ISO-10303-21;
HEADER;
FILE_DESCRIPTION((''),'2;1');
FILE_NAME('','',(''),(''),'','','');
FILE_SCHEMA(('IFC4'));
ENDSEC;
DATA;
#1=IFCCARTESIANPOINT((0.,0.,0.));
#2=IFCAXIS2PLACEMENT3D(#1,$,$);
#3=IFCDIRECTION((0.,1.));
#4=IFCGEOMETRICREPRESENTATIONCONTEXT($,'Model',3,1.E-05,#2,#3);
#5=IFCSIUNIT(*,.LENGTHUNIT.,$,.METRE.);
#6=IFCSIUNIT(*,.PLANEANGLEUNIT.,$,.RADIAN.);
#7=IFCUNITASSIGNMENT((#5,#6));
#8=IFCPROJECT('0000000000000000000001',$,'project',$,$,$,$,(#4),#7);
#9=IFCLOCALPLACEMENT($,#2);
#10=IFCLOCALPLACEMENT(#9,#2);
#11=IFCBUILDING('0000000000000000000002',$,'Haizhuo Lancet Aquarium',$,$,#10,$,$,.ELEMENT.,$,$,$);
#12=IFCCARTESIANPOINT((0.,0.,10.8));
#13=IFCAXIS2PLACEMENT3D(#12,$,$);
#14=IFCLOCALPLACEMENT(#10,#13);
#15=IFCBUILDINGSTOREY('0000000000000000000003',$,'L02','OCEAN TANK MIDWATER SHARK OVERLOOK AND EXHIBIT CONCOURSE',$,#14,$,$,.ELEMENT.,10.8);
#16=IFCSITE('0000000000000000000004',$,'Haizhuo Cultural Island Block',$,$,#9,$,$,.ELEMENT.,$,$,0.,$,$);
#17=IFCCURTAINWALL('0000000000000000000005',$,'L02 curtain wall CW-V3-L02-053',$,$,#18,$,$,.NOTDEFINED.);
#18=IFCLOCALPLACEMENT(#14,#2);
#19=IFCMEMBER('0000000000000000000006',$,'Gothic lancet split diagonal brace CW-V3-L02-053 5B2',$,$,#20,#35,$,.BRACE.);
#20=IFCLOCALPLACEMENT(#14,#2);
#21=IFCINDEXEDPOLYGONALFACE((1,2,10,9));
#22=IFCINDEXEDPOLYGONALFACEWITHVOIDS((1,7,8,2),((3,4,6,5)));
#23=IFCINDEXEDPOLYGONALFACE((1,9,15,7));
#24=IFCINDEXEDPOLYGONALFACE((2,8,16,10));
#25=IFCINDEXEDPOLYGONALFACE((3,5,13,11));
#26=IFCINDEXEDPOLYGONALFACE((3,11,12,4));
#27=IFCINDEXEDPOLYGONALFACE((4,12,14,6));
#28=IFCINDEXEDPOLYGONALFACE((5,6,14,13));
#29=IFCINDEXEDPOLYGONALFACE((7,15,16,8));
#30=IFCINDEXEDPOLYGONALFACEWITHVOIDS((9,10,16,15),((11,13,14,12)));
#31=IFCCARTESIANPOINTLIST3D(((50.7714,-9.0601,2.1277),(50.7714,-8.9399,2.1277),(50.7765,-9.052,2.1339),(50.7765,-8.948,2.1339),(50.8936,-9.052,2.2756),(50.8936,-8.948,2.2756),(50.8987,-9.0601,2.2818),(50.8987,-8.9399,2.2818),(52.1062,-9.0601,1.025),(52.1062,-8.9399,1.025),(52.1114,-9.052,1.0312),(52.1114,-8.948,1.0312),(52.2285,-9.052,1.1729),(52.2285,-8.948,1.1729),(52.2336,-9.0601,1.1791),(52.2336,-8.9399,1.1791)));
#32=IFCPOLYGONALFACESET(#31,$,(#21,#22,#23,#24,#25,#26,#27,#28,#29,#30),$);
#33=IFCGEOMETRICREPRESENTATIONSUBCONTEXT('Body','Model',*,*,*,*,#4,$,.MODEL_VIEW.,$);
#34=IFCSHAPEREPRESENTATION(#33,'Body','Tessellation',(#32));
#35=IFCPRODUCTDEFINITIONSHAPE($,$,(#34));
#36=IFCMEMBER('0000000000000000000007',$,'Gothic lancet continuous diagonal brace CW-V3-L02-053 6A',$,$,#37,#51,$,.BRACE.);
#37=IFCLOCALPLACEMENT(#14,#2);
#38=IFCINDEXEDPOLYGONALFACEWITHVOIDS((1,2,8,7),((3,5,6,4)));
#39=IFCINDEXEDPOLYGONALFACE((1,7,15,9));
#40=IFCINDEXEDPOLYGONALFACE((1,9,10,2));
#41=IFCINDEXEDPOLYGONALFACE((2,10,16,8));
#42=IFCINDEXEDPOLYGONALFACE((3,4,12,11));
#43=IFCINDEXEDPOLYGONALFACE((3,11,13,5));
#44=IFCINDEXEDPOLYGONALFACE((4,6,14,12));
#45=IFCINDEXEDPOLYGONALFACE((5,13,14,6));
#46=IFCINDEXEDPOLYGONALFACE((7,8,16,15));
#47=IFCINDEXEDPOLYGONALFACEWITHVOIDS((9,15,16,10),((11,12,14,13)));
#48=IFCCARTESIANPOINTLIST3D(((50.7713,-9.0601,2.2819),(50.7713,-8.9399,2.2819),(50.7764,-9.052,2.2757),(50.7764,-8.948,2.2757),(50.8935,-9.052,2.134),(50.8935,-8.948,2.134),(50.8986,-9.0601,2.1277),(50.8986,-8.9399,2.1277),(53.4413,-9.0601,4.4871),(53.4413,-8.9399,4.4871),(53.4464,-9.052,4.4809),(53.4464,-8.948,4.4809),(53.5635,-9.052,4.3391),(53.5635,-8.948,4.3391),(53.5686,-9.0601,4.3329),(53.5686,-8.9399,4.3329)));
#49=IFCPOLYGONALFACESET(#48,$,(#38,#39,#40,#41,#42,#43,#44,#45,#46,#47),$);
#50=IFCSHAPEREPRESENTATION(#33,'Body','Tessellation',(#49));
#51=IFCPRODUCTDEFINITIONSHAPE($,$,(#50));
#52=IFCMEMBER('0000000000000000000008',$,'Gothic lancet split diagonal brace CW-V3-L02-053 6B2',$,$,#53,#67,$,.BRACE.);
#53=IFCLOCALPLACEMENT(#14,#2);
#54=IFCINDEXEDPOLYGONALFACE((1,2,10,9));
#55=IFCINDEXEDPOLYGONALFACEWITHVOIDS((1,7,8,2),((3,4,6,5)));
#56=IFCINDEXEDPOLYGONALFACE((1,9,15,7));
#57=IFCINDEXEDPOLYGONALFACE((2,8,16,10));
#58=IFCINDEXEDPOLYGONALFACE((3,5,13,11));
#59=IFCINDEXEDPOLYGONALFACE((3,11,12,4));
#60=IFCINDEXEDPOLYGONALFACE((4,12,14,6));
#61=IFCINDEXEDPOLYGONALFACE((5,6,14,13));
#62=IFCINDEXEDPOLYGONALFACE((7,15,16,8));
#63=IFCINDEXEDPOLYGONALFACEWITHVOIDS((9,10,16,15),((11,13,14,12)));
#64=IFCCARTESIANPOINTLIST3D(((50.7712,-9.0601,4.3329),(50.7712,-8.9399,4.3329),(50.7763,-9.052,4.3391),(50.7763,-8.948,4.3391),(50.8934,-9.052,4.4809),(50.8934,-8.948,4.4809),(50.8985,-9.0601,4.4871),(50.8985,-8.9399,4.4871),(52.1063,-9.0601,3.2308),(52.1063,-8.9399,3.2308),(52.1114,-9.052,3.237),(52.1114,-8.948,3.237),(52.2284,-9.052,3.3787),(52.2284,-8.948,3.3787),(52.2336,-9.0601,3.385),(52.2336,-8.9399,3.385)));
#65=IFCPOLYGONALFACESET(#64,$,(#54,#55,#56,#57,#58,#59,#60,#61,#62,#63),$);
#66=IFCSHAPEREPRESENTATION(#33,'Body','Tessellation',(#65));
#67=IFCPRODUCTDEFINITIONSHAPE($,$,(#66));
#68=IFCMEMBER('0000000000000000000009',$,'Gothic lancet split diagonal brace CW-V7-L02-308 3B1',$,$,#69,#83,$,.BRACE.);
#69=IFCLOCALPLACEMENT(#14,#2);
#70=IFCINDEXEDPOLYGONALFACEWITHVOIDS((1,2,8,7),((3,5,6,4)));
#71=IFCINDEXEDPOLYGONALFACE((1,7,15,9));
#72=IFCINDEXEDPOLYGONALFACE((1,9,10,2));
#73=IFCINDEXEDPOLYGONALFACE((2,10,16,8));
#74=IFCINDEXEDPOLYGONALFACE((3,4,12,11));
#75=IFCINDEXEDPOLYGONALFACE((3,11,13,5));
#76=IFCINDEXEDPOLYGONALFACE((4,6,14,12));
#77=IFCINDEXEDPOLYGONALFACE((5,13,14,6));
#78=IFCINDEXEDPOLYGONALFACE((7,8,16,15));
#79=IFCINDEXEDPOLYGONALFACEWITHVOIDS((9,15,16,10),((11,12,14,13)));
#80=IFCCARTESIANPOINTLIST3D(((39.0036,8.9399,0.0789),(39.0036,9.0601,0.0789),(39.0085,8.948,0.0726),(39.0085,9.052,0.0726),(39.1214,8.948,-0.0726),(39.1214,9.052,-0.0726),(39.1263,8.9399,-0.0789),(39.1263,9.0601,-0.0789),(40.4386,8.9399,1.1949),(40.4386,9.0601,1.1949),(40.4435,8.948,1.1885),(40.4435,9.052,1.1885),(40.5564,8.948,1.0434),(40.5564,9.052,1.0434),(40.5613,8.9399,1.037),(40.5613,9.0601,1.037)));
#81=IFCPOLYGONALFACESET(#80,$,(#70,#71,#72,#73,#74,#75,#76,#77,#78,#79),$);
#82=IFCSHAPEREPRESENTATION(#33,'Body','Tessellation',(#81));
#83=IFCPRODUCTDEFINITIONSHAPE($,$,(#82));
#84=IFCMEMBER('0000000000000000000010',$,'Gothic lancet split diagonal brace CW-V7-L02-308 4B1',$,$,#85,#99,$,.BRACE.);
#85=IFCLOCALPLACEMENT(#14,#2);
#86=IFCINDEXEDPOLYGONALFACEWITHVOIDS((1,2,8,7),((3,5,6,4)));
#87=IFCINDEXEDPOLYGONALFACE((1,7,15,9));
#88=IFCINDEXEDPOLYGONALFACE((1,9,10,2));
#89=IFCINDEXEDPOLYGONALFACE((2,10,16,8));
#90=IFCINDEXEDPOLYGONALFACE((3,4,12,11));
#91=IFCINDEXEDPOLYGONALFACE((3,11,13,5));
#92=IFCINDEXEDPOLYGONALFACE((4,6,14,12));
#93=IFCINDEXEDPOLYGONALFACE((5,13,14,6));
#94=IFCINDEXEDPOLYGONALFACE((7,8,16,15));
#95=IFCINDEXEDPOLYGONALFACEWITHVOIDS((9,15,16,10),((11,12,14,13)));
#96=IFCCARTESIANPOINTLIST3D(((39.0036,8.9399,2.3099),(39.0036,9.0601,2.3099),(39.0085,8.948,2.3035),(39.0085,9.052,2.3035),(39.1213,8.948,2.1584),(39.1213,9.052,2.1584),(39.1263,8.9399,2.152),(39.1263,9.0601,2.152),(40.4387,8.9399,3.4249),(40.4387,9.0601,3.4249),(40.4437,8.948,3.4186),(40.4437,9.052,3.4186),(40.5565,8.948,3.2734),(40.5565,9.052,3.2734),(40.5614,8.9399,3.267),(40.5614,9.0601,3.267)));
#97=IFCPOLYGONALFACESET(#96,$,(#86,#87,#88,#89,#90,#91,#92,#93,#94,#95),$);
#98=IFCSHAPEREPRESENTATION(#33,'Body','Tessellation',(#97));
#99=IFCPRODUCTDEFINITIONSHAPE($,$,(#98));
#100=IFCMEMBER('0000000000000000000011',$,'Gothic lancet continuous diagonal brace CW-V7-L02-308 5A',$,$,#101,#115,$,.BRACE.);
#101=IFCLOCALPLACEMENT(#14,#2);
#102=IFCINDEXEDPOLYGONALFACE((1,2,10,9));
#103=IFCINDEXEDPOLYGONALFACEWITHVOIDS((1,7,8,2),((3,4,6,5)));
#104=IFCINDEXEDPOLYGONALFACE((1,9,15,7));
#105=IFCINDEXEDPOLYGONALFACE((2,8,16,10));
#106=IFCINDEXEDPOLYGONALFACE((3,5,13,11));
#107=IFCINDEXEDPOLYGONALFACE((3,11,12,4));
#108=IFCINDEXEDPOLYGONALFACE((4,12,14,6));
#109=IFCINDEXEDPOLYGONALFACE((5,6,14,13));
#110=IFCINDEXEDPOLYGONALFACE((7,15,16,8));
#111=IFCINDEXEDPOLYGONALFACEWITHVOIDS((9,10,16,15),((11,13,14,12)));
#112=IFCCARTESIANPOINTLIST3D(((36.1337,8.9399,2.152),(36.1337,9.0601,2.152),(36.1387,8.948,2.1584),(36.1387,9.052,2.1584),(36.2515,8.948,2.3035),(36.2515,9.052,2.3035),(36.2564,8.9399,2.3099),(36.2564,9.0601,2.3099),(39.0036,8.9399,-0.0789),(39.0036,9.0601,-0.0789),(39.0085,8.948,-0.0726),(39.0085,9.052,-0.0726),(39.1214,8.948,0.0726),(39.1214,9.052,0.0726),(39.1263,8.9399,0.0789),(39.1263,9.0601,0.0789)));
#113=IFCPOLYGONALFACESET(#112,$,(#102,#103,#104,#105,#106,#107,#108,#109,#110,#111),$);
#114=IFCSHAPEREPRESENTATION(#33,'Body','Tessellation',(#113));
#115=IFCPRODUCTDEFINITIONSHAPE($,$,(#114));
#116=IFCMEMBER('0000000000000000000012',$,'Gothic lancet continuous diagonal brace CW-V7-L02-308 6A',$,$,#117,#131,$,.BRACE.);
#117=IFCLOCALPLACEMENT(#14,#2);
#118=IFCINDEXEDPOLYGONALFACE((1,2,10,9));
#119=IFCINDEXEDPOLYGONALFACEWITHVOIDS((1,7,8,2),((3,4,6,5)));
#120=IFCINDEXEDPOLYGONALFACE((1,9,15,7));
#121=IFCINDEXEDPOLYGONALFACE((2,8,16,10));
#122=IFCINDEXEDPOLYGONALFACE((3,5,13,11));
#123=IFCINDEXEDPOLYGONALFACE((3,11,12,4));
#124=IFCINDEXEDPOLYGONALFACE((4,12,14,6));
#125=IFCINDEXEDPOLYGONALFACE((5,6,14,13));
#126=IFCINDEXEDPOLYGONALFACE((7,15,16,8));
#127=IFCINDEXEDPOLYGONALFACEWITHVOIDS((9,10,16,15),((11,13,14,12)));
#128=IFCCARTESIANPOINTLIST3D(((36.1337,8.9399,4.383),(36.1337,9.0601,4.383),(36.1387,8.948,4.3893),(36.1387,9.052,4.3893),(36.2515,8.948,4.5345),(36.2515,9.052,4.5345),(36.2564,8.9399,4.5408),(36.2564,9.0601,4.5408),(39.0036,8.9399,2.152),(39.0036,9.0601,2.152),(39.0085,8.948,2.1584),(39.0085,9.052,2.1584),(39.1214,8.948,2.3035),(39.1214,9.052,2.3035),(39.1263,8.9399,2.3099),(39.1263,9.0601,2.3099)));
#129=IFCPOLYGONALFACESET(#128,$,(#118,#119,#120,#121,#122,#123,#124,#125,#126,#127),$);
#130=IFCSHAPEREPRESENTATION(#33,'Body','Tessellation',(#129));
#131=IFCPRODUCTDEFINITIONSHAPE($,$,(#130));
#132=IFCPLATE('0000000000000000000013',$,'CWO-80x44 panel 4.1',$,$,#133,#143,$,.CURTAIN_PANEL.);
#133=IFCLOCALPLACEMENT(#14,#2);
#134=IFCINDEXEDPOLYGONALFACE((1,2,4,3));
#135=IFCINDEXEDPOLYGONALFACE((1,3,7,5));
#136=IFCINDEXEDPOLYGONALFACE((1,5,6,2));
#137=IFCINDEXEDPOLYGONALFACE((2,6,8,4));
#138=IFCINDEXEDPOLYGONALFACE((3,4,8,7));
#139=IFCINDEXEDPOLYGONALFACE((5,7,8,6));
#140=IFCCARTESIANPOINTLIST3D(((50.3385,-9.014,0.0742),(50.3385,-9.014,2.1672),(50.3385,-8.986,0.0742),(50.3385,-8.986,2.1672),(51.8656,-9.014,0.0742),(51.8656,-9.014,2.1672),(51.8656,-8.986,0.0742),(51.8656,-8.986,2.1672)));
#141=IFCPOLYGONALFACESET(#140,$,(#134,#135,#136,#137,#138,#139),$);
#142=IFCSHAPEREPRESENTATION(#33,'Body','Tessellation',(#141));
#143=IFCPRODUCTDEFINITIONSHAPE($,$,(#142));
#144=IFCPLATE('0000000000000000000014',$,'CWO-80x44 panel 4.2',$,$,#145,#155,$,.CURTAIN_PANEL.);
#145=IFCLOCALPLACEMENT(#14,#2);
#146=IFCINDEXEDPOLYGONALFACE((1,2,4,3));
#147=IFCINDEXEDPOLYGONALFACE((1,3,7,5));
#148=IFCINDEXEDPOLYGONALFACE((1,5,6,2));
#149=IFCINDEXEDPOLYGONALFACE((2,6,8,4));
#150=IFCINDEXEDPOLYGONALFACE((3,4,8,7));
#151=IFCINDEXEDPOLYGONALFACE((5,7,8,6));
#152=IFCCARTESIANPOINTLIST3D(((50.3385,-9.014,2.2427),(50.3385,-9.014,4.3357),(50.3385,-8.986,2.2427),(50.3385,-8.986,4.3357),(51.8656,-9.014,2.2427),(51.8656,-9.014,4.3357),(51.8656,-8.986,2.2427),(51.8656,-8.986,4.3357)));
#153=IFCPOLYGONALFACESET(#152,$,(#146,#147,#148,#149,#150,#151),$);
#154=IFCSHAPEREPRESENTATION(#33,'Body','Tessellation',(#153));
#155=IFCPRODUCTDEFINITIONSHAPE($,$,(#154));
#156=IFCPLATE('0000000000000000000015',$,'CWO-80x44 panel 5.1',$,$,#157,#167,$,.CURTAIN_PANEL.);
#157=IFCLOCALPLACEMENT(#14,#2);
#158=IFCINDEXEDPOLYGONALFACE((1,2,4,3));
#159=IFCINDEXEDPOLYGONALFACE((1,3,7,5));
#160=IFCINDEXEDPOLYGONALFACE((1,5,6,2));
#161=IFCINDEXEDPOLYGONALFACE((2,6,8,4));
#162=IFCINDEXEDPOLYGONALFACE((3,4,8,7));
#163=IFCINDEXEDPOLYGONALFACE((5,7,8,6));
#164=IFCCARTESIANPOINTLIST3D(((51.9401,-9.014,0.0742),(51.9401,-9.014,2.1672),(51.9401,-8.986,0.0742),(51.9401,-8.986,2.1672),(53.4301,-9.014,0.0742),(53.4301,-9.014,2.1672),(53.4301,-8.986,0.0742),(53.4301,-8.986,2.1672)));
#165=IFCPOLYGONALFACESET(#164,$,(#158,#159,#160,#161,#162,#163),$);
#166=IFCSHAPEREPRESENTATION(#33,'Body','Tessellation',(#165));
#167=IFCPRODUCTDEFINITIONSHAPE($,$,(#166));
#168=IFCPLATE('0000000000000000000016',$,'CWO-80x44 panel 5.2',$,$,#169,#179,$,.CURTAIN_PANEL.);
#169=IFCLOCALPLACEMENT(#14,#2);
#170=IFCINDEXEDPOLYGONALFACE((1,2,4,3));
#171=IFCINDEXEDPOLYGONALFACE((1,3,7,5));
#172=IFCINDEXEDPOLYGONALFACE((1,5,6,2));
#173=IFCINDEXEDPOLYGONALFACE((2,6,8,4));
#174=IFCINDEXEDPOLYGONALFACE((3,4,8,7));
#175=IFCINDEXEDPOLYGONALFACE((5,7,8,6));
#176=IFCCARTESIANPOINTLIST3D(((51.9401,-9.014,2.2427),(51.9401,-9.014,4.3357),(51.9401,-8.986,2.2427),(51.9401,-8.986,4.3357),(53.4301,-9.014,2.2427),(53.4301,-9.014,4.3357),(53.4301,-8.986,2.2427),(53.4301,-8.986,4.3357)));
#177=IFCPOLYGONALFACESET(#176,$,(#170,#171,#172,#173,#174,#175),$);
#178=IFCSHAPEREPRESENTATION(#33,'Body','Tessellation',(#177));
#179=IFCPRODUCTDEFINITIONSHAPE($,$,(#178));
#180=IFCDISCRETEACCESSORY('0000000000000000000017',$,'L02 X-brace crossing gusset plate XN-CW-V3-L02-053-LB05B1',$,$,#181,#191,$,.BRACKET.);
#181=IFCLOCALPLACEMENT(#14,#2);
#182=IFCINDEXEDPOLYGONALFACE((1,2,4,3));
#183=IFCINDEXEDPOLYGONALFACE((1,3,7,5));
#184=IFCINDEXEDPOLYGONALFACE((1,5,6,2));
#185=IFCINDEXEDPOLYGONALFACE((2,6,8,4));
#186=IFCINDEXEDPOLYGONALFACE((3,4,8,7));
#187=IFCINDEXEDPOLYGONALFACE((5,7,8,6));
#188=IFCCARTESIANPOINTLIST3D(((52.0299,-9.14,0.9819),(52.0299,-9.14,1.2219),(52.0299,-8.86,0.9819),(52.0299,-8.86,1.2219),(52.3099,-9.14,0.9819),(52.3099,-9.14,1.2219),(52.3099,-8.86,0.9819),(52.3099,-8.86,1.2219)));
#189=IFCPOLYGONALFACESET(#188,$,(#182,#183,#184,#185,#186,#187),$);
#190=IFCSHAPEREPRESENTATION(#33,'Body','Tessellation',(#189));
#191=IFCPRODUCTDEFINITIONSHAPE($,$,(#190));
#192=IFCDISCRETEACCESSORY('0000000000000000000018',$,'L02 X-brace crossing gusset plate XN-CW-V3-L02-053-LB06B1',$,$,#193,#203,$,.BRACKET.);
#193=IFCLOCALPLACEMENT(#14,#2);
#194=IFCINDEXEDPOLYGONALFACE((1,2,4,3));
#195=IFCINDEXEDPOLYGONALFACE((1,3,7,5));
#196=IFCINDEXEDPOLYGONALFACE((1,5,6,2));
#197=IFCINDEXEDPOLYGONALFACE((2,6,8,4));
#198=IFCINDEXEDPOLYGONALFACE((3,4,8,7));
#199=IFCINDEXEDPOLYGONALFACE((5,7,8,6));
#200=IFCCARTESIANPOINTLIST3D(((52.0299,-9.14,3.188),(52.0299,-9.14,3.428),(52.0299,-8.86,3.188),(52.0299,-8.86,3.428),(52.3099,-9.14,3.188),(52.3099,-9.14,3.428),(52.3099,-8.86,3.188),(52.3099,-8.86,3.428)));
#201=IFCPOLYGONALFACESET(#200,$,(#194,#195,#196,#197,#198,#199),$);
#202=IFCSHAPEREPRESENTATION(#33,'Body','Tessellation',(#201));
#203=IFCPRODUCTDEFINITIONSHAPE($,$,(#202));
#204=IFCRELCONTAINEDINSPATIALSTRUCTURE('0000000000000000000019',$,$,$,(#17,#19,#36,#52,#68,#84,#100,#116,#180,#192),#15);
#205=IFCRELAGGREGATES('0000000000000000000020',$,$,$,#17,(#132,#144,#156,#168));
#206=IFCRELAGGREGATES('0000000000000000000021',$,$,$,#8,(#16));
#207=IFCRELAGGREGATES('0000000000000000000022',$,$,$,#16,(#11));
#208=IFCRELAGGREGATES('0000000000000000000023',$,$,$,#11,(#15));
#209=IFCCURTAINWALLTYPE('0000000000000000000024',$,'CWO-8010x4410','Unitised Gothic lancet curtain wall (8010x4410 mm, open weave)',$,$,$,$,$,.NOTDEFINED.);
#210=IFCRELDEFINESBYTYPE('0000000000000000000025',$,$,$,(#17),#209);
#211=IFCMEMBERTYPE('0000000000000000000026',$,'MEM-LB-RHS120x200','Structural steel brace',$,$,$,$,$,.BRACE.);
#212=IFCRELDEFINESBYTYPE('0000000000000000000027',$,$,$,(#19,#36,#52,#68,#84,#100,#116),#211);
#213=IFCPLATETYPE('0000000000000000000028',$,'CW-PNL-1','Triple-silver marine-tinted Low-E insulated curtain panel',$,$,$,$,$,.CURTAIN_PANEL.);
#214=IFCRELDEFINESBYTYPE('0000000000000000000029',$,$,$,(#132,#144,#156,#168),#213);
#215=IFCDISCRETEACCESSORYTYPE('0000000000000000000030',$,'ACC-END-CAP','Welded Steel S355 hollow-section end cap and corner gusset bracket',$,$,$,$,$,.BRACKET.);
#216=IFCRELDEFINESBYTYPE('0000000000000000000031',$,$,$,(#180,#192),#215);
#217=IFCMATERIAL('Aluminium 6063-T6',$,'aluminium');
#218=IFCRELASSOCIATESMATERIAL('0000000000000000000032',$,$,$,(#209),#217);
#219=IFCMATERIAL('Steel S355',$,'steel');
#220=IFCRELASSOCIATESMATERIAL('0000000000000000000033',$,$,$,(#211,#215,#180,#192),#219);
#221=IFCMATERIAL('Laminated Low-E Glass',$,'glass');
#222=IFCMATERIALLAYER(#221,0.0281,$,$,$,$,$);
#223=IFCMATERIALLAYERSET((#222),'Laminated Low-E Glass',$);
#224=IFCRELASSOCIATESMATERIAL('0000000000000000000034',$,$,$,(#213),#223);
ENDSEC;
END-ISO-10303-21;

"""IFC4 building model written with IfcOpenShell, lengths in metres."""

from ifc_helpers import new_model, si_unit, direction, frame, origin, origin_2d, place, context, subcontext, project, spatial, rectangle, hollow_rectangle, extrude, material, layer, layer_set, material_profile, profile_set, type_object, element, aggregate, save


model = new_model("IFC4")

# Units and contexts
model_context = context("Model", 3, precision=1e-05, world=origin(), true_north=direction((0.0, 1.0)))
body_context = subcontext(model_context, "Body", "Model", "MODEL_VIEW")
ifc_project = project(units=[si_unit("LENGTHUNIT", "METRE"), si_unit("PLANEANGLEUNIT", "RADIAN")], contexts=[model_context])

# Site, building, storey
site_placement = place(None, origin())
site = spatial("IfcSite", under=ifc_project, at=site_placement, Name="Haizhuo Cultural Island Block", CompositionType="ELEMENT", RefElevation=0.0)
building_placement = place(site_placement, origin())
building = spatial("IfcBuilding", under=site, at=building_placement, Name="Haizhuo Lancet Aquarium", CompositionType="ELEMENT")
storey_placement = place(building_placement, frame((0.0, 0.0, 10.8)))
storey = spatial("IfcBuildingStorey", under=building, at=storey_placement, Name="L02", Description="OCEAN TANK MIDWATER SHARK OVERLOOK AND EXHIBIT CONCOURSE", CompositionType="ELEMENT", Elevation=10.8)

# Curtain wall
ifc_material_1 = material(Name="Aluminium 6063-T6", Category="aluminium")
curtain_wall_type = type_object("IfcCurtainWallType", Name="CWO-8010x4410", Description="Unitised Gothic lancet curtain wall (8010x4410 mm, open weave)", PredefinedType="NOTDEFINED", material=ifc_material_1)
curtain_wall_placement = place(storey_placement, origin())
curtain_wall = element("IfcCurtainWall", 1, at=curtain_wall_placement, inside=storey, type_object=curtain_wall_type, Name="L02 curtain wall CW-V3-L02-053", PredefinedType="NOTDEFINED")

# Members
ifc_material_2 = material(Name="Steel S355", Category="steel")
ifc_material_profile_1 = material_profile(ifc_material_2, hollow_rectangle(XDim=0.1201, YDim=0.2, WallThickness=0.0081, at=origin_2d()), Name="RHS 120x200x8")
ifc_profile_set_1 = profile_set([ifc_material_profile_1], Name="Steel S355")
member_type_1 = type_object("IfcMemberType", Name="MEM-LB-RHS120x200", Description="Structural steel brace", PredefinedType="BRACE", material=ifc_profile_set_1)
member_1_placement = place(storey_placement, frame((52.1699, -9.0, 1.1021), z_axis=(-0.770965, 0.0, 0.636878), x_axis=(0.0, -1.0, 0.0)))
element("IfcMember", 2, at=member_1_placement, inside=storey, type_object=member_type_1, Name="Gothic lancet split diagonal brace CW-V3-L02-053 5B2", PredefinedType="BRACE", context=body_context, shape_type="SweptSolid", body=[
    extrude(hollow_rectangle(XDim=0.1201, YDim=0.2, WallThickness=0.0081, at=origin_2d()), origin(), (0.0, 0.0, 1.0), 1.7314),
])
member_2_placement = place(storey_placement, frame((50.835, -9.0, 2.2048), z_axis=(0.771034, 0.0, 0.636794), x_axis=(0.0, 1.0, 0.0)))
element("IfcMember", 3, at=member_2_placement, inside=storey, type_object=member_type_1, Name="Gothic lancet continuous diagonal brace CW-V3-L02-053 6A", PredefinedType="BRACE", context=body_context, shape_type="SweptSolid", body=[
    extrude(hollow_rectangle(XDim=0.1201, YDim=0.2, WallThickness=0.0081, at=origin_2d()), origin(), (0.0, 0.0, 1.0), 3.4629),
])
member_3_placement = place(storey_placement, frame((52.1699, -9.0, 3.3079), z_axis=(-0.771172, 0.0, 0.636626), x_axis=(0.0, -1.0, 0.0)))
element("IfcMember", 4, at=member_3_placement, inside=storey, type_object=member_type_1, Name="Gothic lancet split diagonal brace CW-V3-L02-053 6B2", PredefinedType="BRACE", context=body_context, shape_type="SweptSolid", body=[
    extrude(hollow_rectangle(XDim=0.1201, YDim=0.2, WallThickness=0.0081, at=origin_2d()), origin(), (0.0, 0.0, 1.0), 1.7312),
])
member_4_placement = place(storey_placement, frame((39.0649, 9.0, 0.0), z_axis=(0.789403, 0.0, 0.613876), x_axis=(0.0, 1.0, 0.0)))
element("IfcMember", 5, at=member_4_placement, inside=storey, type_object=member_type_1, Name="Gothic lancet split diagonal brace CW-V7-L02-308 3B1", PredefinedType="BRACE", context=body_context, shape_type="SweptSolid", body=[
    extrude(hollow_rectangle(XDim=0.1201, YDim=0.2, WallThickness=0.0081, at=origin_2d()), origin(), (0.0, 0.0, 1.0), 1.8179),
])
member_5_placement = place(storey_placement, frame((39.0649, 9.0, 2.231), z_axis=(0.789663, 0.0, 0.613541), x_axis=(0.0, 1.0, 0.0)))
element("IfcMember", 6, at=member_5_placement, inside=storey, type_object=member_type_1, Name="Gothic lancet split diagonal brace CW-V7-L02-308 4B1", PredefinedType="BRACE", context=body_context, shape_type="SweptSolid", body=[
    extrude(hollow_rectangle(XDim=0.1201, YDim=0.2, WallThickness=0.0081, at=origin_2d()), origin(), (0.0, 0.0, 1.0), 1.8174),
])
for number, where, z_axis, x_axis, name in (
    (7, (39.0649, 9.0, 0.0), (-0.789508, 0.0, 0.613741), (0.0, -1.0, 0.0), "Gothic lancet continuous diagonal brace CW-V7-L02-308 5A"),
    (8, (39.0649, 9.0, 2.231), (-0.789508, 0.0, 0.613741), (0.0, -1.0, 0.0), "Gothic lancet continuous diagonal brace CW-V7-L02-308 6A"),
):
    element("IfcMember", number, at=place(storey_placement, frame(where, z_axis=z_axis, x_axis=x_axis)), inside=storey, type_object=member_type_1, Name=name, PredefinedType="BRACE", context=body_context, shape_type="SweptSolid", body=[
        extrude(hollow_rectangle(XDim=0.1201, YDim=0.2, WallThickness=0.0081, at=origin_2d()), origin(), (0.0, 0.0, 1.0), 3.635),
    ])

# Plates
ifc_material_3 = material(Name="Laminated Low-E Glass", Category="glass")
ifc_layer = layer(ifc_material_3, 0.0281)
ifc_layer_set = layer_set([ifc_layer], Name="Laminated Low-E Glass")
plate_type = type_object("IfcPlateType", Name="CW-PNL-1", Description="Triple-silver marine-tinted Low-E insulated curtain panel", PredefinedType="CURTAIN_PANEL", material=ifc_layer_set)
plate_1_placement = place(storey_placement, frame((51.1021, -9.0, 0.0742), z_axis=(0.0, 0.0, 1.0), x_axis=(1.0, 0.0, 0.0)))
plate_1 = element("IfcPlate", 9, at=plate_1_placement, type_object=plate_type, Name="CWO-80x44 panel 4.1", PredefinedType="CURTAIN_PANEL", context=body_context, shape_type="SweptSolid", body=[
    extrude(rectangle(XDim=1.5271, YDim=0.0281, at=origin_2d()), origin(), (0.0, 0.0, 1.0), 2.093),
])
plate_2_placement = place(storey_placement, frame((51.1021, -9.0, 2.2427), z_axis=(0.0, 0.0, 1.0), x_axis=(1.0, 0.0, 0.0)))
plate_2 = element("IfcPlate", 10, at=plate_2_placement, type_object=plate_type, Name="CWO-80x44 panel 4.2", PredefinedType="CURTAIN_PANEL", context=body_context, shape_type="SweptSolid", body=[
    extrude(rectangle(XDim=1.5271, YDim=0.0281, at=origin_2d()), origin(), (0.0, 0.0, 1.0), 2.093),
])
plate_3_placement = place(storey_placement, frame((52.6851, -9.0, 0.0742), z_axis=(0.0, 0.0, 1.0), x_axis=(1.0, 0.0, 0.0)))
plate_3 = element("IfcPlate", 11, at=plate_3_placement, type_object=plate_type, Name="CWO-80x44 panel 5.1", PredefinedType="CURTAIN_PANEL", context=body_context, shape_type="SweptSolid", body=[
    extrude(rectangle(XDim=1.49, YDim=0.0281, at=origin_2d()), origin(), (0.0, 0.0, 1.0), 2.093),
])
plate_4_placement = place(storey_placement, frame((52.6851, -9.0, 2.2427), z_axis=(0.0, 0.0, 1.0), x_axis=(1.0, 0.0, 0.0)))
plate_4 = element("IfcPlate", 12, at=plate_4_placement, type_object=plate_type, Name="CWO-80x44 panel 5.2", PredefinedType="CURTAIN_PANEL", context=body_context, shape_type="SweptSolid", body=[
    extrude(rectangle(XDim=1.49, YDim=0.0281, at=origin_2d()), origin(), (0.0, 0.0, 1.0), 2.093),
])
aggregate(curtain_wall, [plate_1, plate_2, plate_3, plate_4])

# Discrete accessories
discrete_accessory_type = type_object("IfcDiscreteAccessoryType", Name="ACC-END-CAP", Description="Welded Steel S355 hollow-section end cap and corner gusset bracket", PredefinedType="BRACKET", material=ifc_material_2)
for number, where, z_axis, x_axis, name in (
    (13, (52.1699, -9.0, 0.9819), (0.0, 0.0, 1.0), (1.0, 0.0, 0.0), "L02 X-brace crossing gusset plate XN-CW-V3-L02-053-LB05B1"),
    (14, (52.1699, -9.0, 3.188), (0.0, 0.0, 1.0), (1.0, 0.0, 0.0), "L02 X-brace crossing gusset plate XN-CW-V3-L02-053-LB06B1"),
):
    element("IfcDiscreteAccessory", number, at=place(storey_placement, frame(where, z_axis=z_axis, x_axis=x_axis)), inside=storey, type_object=discrete_accessory_type, material=ifc_material_2, Name=name, PredefinedType="BRACKET", context=body_context, shape_type="SweptSolid", body=[
        extrude(rectangle(XDim=0.28, YDim=0.28, at=origin_2d()), origin(), (0.0, 0.0, 1.0), 0.24),
    ])

save(model, "model.ifc")
